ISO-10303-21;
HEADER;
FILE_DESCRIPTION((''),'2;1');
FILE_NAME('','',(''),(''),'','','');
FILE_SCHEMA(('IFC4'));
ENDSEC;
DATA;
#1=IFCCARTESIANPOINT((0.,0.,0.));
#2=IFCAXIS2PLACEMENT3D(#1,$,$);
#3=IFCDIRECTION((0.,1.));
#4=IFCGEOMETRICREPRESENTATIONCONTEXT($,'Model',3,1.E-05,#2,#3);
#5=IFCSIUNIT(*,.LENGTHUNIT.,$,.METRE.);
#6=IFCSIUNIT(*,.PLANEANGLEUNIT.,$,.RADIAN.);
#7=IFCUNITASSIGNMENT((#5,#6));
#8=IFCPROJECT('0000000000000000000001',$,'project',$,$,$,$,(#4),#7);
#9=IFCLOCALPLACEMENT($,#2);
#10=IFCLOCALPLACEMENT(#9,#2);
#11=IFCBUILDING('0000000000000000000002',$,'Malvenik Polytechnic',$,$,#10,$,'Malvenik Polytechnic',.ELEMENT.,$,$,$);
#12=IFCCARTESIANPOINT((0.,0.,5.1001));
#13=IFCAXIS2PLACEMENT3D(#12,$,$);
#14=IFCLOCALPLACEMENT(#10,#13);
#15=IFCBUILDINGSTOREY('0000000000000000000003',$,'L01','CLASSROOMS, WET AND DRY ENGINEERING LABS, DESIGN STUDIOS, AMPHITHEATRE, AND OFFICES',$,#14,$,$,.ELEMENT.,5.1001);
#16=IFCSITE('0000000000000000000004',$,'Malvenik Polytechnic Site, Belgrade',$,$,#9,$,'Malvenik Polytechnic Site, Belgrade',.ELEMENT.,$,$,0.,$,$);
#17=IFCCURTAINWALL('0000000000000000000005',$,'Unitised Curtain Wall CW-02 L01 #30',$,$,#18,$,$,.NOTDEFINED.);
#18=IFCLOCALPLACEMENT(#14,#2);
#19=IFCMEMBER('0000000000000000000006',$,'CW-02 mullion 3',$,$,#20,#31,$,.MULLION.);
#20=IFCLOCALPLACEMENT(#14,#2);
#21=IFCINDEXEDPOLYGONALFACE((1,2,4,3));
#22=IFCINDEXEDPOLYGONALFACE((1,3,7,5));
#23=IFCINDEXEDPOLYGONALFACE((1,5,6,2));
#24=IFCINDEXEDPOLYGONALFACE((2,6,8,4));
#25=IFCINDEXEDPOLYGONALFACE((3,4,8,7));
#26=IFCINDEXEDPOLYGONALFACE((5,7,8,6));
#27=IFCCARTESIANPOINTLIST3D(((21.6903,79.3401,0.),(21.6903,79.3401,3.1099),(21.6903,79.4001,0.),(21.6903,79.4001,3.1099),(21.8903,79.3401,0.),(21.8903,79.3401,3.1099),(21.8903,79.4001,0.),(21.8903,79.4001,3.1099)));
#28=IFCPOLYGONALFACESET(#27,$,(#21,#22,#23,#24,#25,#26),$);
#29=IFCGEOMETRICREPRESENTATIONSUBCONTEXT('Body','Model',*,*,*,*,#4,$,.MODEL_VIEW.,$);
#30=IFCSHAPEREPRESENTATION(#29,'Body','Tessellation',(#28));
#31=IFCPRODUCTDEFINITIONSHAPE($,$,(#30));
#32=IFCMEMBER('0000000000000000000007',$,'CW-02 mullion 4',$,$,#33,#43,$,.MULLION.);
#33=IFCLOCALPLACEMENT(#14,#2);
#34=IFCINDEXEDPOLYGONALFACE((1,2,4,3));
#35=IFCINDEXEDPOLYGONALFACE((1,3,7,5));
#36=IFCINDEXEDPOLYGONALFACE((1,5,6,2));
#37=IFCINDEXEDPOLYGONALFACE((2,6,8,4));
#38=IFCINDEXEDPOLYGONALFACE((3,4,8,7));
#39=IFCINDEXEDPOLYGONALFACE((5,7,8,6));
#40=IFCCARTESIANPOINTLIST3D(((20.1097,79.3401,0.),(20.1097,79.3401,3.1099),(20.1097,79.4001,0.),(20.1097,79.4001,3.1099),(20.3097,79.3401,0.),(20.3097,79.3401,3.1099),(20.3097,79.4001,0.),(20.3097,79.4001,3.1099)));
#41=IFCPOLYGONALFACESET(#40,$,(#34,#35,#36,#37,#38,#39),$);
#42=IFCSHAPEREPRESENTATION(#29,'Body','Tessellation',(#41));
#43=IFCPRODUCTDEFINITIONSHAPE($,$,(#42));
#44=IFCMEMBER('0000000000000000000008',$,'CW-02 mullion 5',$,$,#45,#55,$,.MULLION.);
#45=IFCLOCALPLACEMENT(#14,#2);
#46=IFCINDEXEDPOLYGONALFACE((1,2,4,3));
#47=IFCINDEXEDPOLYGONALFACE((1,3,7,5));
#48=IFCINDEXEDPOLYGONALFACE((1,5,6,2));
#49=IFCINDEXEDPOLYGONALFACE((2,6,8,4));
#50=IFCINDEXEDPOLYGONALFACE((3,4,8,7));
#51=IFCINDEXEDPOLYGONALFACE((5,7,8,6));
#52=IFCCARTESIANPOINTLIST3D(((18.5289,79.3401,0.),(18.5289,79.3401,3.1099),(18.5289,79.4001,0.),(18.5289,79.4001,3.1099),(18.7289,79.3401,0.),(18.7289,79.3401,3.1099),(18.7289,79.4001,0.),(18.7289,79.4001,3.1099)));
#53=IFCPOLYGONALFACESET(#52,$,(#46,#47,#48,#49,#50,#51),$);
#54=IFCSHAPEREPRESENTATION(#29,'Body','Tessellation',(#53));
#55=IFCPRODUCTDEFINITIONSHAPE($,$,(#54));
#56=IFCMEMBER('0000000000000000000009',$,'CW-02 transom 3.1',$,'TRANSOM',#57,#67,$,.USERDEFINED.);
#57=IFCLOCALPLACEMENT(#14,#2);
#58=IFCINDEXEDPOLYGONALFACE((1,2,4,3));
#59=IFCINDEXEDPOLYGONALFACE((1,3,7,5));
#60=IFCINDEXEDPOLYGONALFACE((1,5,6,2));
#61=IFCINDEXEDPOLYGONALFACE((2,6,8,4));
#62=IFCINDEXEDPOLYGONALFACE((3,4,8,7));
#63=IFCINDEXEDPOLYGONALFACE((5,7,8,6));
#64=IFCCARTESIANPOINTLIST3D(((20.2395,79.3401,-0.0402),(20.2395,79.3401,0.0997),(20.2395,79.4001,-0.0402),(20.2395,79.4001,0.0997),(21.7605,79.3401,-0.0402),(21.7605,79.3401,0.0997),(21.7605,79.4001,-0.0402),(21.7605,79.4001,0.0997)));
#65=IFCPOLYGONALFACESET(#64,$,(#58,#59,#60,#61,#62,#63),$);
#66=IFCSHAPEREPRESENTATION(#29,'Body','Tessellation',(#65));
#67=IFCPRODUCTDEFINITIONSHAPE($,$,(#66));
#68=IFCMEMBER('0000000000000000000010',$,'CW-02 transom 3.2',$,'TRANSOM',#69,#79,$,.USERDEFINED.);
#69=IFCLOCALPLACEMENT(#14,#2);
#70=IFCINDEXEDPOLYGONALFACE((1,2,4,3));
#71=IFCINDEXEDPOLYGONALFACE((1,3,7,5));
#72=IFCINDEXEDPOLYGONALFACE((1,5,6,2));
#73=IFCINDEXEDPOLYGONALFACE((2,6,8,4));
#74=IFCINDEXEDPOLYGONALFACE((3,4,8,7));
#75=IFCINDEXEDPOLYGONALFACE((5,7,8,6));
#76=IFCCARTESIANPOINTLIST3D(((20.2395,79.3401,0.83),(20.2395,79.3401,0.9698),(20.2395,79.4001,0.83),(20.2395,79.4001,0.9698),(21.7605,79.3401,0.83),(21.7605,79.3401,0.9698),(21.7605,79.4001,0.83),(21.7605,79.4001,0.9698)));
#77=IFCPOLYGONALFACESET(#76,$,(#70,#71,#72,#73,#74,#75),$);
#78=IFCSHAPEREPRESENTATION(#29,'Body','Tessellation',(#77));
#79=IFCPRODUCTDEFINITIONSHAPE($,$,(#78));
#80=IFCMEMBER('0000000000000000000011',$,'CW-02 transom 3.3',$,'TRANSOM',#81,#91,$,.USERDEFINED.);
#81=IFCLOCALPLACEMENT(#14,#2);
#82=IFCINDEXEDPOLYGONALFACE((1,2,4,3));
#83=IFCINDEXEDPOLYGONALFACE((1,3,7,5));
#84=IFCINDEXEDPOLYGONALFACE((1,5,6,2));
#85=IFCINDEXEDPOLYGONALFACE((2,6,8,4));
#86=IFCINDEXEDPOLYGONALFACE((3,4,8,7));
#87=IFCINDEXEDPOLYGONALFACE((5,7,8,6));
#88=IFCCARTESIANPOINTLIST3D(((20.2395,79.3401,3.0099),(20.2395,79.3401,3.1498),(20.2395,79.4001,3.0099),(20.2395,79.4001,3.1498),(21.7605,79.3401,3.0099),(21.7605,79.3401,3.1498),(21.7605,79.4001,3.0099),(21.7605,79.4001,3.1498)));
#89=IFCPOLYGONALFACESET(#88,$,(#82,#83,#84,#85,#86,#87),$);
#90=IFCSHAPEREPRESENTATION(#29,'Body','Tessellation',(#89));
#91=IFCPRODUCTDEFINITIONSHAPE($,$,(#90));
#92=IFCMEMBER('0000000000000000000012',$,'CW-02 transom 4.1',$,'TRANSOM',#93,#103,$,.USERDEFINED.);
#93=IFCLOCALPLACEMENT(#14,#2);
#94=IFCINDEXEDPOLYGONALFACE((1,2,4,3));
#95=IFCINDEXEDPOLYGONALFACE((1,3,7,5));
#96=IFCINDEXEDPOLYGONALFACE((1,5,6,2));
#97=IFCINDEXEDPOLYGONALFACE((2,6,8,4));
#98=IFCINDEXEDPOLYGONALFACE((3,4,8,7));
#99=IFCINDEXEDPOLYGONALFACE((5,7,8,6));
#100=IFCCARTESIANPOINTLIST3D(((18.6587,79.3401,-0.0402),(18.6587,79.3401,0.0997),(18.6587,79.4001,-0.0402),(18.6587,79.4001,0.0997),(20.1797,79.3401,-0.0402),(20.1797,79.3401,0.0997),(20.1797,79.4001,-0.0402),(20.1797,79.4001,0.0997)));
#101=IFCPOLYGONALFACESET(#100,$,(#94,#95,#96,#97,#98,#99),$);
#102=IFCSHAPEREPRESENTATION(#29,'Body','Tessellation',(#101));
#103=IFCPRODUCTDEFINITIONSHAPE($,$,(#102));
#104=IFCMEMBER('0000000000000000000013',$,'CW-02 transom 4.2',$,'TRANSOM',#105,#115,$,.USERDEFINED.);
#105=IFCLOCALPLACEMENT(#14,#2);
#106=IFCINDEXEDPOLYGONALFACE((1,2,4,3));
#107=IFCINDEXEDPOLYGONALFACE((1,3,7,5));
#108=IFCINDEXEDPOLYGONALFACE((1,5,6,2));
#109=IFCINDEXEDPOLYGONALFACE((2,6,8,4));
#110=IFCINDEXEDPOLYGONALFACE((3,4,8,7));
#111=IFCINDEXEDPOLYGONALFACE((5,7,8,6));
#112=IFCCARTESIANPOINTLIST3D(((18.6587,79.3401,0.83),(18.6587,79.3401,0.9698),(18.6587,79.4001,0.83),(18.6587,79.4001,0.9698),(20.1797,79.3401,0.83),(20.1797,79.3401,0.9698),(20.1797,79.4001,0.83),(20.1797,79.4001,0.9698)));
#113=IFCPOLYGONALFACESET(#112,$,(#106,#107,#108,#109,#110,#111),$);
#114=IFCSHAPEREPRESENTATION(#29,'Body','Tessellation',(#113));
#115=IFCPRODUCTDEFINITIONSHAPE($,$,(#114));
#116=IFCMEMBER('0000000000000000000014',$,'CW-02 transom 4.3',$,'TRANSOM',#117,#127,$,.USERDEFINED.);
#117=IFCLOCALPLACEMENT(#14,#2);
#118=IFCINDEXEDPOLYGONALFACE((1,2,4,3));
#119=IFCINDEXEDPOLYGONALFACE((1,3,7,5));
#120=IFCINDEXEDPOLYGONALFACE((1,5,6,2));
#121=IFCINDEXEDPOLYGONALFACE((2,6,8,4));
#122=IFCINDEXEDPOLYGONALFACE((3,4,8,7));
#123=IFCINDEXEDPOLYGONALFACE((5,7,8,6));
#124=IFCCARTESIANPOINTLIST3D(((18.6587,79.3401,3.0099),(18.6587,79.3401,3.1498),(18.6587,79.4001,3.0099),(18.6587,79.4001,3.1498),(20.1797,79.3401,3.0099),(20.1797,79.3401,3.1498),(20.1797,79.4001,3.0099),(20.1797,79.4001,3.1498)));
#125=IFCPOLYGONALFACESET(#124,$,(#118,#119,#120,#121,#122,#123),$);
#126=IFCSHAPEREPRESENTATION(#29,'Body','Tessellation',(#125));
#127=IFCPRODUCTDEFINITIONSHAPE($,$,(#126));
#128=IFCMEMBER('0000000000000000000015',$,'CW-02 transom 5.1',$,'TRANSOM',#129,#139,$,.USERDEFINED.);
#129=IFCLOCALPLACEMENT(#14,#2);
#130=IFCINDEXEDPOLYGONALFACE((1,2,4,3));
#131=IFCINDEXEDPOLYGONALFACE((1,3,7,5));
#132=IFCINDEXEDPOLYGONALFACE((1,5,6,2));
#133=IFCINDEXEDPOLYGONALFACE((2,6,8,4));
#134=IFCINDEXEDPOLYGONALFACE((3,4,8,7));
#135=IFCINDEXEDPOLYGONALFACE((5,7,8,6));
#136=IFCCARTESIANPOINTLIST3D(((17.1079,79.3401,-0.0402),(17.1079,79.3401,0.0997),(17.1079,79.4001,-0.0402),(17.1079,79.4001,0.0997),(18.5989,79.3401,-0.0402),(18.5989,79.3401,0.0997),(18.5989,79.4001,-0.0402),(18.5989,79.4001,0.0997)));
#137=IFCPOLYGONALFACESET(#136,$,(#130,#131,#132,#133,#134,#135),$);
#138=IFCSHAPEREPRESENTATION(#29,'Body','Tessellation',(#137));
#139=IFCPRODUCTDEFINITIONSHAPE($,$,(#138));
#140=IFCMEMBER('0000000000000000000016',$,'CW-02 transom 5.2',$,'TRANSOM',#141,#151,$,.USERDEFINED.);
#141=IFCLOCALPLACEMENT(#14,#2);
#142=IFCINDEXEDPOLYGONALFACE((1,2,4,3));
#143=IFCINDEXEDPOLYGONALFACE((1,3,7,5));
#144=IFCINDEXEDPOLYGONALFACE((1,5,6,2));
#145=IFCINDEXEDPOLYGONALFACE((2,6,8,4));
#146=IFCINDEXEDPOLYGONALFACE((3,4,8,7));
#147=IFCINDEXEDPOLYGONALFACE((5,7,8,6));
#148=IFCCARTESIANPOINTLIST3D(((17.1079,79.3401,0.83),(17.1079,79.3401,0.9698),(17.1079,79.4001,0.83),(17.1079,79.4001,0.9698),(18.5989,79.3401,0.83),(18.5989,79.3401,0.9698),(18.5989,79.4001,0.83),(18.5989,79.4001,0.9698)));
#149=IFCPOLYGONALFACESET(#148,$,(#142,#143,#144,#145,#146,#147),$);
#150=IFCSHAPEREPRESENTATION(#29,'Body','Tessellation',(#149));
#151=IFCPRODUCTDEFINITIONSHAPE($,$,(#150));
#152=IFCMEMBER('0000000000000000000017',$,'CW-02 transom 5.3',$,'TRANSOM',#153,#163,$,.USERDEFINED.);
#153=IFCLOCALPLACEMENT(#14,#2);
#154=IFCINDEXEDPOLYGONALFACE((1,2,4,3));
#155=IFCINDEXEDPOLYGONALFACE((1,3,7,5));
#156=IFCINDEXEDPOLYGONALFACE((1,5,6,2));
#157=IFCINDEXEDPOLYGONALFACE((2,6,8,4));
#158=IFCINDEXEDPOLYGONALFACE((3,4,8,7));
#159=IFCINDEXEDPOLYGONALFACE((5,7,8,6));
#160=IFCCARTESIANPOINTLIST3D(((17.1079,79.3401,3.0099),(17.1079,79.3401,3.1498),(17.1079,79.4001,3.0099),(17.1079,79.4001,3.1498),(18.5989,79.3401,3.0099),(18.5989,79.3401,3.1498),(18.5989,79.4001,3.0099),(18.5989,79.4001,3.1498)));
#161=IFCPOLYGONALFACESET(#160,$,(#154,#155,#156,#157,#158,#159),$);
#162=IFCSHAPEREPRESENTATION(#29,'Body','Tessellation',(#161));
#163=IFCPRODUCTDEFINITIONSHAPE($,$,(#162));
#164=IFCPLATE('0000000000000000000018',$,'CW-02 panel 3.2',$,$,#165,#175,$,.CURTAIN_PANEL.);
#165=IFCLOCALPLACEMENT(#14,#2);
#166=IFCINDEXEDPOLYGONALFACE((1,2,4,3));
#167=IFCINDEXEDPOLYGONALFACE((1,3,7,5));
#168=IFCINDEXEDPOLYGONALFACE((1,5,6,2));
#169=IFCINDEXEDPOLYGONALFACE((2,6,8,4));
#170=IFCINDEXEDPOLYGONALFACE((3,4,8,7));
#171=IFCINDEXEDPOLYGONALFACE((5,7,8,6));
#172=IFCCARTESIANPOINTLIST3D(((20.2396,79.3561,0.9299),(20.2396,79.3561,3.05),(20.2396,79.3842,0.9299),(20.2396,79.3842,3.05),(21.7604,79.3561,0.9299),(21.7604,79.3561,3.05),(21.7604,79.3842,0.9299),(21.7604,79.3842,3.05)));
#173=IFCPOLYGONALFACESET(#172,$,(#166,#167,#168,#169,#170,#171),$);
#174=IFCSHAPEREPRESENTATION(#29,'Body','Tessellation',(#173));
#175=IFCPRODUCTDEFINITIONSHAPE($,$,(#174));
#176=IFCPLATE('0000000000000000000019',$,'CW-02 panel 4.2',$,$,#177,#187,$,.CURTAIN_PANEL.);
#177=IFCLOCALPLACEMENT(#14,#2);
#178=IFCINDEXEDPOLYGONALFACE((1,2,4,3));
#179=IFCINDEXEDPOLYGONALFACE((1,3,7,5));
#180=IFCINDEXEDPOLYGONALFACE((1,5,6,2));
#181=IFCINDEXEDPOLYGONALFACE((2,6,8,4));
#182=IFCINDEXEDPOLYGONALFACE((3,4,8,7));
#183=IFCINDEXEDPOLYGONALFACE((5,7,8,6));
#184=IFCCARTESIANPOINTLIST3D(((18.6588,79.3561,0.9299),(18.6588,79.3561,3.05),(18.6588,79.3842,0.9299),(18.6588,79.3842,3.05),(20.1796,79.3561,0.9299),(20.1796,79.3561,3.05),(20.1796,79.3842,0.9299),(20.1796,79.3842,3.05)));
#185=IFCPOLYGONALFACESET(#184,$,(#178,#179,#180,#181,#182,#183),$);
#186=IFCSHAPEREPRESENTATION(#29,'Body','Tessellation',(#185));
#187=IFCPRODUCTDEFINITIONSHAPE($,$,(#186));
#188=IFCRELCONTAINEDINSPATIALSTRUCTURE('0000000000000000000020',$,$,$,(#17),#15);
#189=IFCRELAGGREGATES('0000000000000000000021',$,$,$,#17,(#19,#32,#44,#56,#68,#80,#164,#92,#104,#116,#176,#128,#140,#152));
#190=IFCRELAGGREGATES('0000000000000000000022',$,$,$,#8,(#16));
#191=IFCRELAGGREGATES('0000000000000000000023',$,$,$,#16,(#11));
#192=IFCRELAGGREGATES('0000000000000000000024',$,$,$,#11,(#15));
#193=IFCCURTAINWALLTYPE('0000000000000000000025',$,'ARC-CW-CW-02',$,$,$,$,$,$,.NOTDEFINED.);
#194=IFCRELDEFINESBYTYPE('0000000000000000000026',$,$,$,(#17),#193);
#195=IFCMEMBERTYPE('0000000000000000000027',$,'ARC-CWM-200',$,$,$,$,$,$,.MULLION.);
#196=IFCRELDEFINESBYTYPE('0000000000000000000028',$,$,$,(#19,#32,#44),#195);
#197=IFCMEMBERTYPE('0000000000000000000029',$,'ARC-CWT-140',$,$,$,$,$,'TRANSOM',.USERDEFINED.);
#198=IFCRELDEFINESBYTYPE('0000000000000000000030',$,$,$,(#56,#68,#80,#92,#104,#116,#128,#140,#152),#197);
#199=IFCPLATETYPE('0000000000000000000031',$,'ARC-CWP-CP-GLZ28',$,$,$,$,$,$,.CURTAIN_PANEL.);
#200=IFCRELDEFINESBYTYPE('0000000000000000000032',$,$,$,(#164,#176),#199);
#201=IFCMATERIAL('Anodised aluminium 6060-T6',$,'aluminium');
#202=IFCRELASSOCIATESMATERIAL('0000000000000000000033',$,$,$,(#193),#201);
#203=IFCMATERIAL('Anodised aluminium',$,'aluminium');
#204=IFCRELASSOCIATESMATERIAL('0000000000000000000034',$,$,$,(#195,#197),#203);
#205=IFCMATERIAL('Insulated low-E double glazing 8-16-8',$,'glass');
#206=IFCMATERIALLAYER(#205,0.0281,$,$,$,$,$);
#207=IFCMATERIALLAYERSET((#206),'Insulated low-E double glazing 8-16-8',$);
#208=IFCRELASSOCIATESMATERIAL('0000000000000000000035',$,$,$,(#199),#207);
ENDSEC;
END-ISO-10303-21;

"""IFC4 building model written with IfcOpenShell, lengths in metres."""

from ifc_helpers import new_model, si_unit, direction, frame, origin, origin_2d, place, context, subcontext, project, spatial, rectangle, extrude, material, layer, layer_set, material_profile, profile_set, type_object, element, aggregate, save


model = new_model("IFC4")

# Units and contexts
model_context = context("Model", 3, precision=1e-05, world=origin(), true_north=direction((0.0, 1.0)))
body_context = subcontext(model_context, "Body", "Model", "MODEL_VIEW")
ifc_project = project(units=[si_unit("LENGTHUNIT", "METRE"), si_unit("PLANEANGLEUNIT", "RADIAN")], contexts=[model_context])

# Site, building, storey
site_placement = place(None, origin())
site = spatial("IfcSite", under=ifc_project, at=site_placement, Name="Malvenik Polytechnic Site, Belgrade", LongName="Malvenik Polytechnic Site, Belgrade", CompositionType="ELEMENT", RefElevation=0.0)
building_placement = place(site_placement, origin())
building = spatial("IfcBuilding", under=site, at=building_placement, Name="Malvenik Polytechnic", LongName="Malvenik Polytechnic", CompositionType="ELEMENT")
storey_placement = place(building_placement, frame((0.0, 0.0, 5.1001)))
storey = spatial("IfcBuildingStorey", under=building, at=storey_placement, Name="L01", Description="CLASSROOMS, WET AND DRY ENGINEERING LABS, DESIGN STUDIOS, AMPHITHEATRE, AND OFFICES", CompositionType="ELEMENT", Elevation=5.1001)

# Curtain wall, members, plates
ifc_material_1 = material(Name="Anodised aluminium 6060-T6", Category="aluminium")
curtain_wall_type = type_object("IfcCurtainWallType", Name="ARC-CW-CW-02", PredefinedType="NOTDEFINED", material=ifc_material_1)
curtain_wall_placement = place(storey_placement, origin())
curtain_wall = element("IfcCurtainWall", 1, at=curtain_wall_placement, inside=storey, type_object=curtain_wall_type, Name="Unitised Curtain Wall CW-02 L01 #30", PredefinedType="NOTDEFINED")
ifc_material_2 = material(Name="Anodised aluminium", Category="aluminium")
ifc_material_profile_1 = material_profile(ifc_material_2, rectangle(XDim=0.0601, YDim=0.2, at=origin_2d()), Name="ALU MULLION 60x200")
ifc_profile_set_1 = profile_set([ifc_material_profile_1], Name="Anodised aluminium")
member_type_1 = type_object("IfcMemberType", Name="ARC-CWM-200", PredefinedType="MULLION", material=ifc_profile_set_1)
member_1_placement = place(storey_placement, frame((21.7903, 79.3701, 0.0), z_axis=(0.0, 0.0, 1.0), x_axis=(0.0, -1.0, 0.0)))
member_1 = element("IfcMember", 2, at=member_1_placement, type_object=member_type_1, Name="CW-02 mullion 3", PredefinedType="MULLION", context=body_context, shape_type="SweptSolid", body=[
    extrude(rectangle(XDim=0.0601, YDim=0.2, at=origin_2d()), origin(), (0.0, 0.0, 1.0), 3.1099),
])
member_2_placement = place(storey_placement, frame((20.2097, 79.3701, 0.0), z_axis=(0.0, 0.0, 1.0), x_axis=(0.0, -1.0, 0.0)))
member_2 = element("IfcMember", 3, at=member_2_placement, type_object=member_type_1, Name="CW-02 mullion 4", PredefinedType="MULLION", context=body_context, shape_type="SweptSolid", body=[
    extrude(rectangle(XDim=0.0601, YDim=0.2, at=origin_2d()), origin(), (0.0, 0.0, 1.0), 3.1099),
])
member_3_placement = place(storey_placement, frame((18.6289, 79.3701, 0.0), z_axis=(0.0, 0.0, 1.0), x_axis=(0.0, -1.0, 0.0)))
member_3 = element("IfcMember", 4, at=member_3_placement, type_object=member_type_1, Name="CW-02 mullion 5", PredefinedType="MULLION", context=body_context, shape_type="SweptSolid", body=[
    extrude(rectangle(XDim=0.0601, YDim=0.2, at=origin_2d()), origin(), (0.0, 0.0, 1.0), 3.1099),
])
ifc_material_profile_2 = material_profile(ifc_material_2, rectangle(XDim=0.0601, YDim=0.1399, at=origin_2d()), Name="ALU TRANSOM 60x140")
ifc_profile_set_2 = profile_set([ifc_material_profile_2], Name="Anodised aluminium")
member_type_2 = type_object("IfcMemberType", Name="ARC-CWT-140", ElementType="TRANSOM", PredefinedType="USERDEFINED", material=ifc_profile_set_2)
member_4_placement = place(storey_placement, frame((21.7605, 79.3701, 0.0298), z_axis=(-1.0, 0.0, 0.0), x_axis=(0.0, -1.0, 0.0)))
member_4 = element("IfcMember", 5, at=member_4_placement, type_object=member_type_2, Name="CW-02 transom 3.1", ObjectType="TRANSOM", PredefinedType="USERDEFINED", context=body_context, shape_type="SweptSolid", body=[
    extrude(rectangle(XDim=0.0601, YDim=0.1399, at=origin_2d()), origin(), (0.0, 0.0, 1.0), 1.521),
])
member_5_placement = place(storey_placement, frame((21.7605, 79.3701, 0.8999), z_axis=(-1.0, 0.0, 0.0), x_axis=(0.0, -1.0, 0.0)))
member_5 = element("IfcMember", 6, at=member_5_placement, type_object=member_type_2, Name="CW-02 transom 3.2", ObjectType="TRANSOM", PredefinedType="USERDEFINED", context=body_context, shape_type="SweptSolid", body=[
    extrude(rectangle(XDim=0.0601, YDim=0.1399, at=origin_2d()), origin(), (0.0, 0.0, 1.0), 1.521),
])
member_6_placement = place(storey_placement, frame((21.7605, 79.3701, 3.0798), z_axis=(-1.0, 0.0, 0.0), x_axis=(0.0, -1.0, 0.0)))
member_6 = element("IfcMember", 7, at=member_6_placement, type_object=member_type_2, Name="CW-02 transom 3.3", ObjectType="TRANSOM", PredefinedType="USERDEFINED", context=body_context, shape_type="SweptSolid", body=[
    extrude(rectangle(XDim=0.0601, YDim=0.1399, at=origin_2d()), origin(), (0.0, 0.0, 1.0), 1.521),
])
member_7_placement = place(storey_placement, frame((20.1797, 79.3701, 0.0298), z_axis=(-1.0, 0.0, 0.0), x_axis=(0.0, -1.0, 0.0)))
member_7 = element("IfcMember", 8, at=member_7_placement, type_object=member_type_2, Name="CW-02 transom 4.1", ObjectType="TRANSOM", PredefinedType="USERDEFINED", context=body_context, shape_type="SweptSolid", body=[
    extrude(rectangle(XDim=0.0601, YDim=0.1399, at=origin_2d()), origin(), (0.0, 0.0, 1.0), 1.521),
])
member_8_placement = place(storey_placement, frame((20.1797, 79.3701, 0.8999), z_axis=(-1.0, 0.0, 0.0), x_axis=(0.0, -1.0, 0.0)))
member_8 = element("IfcMember", 9, at=member_8_placement, type_object=member_type_2, Name="CW-02 transom 4.2", ObjectType="TRANSOM", PredefinedType="USERDEFINED", context=body_context, shape_type="SweptSolid", body=[
    extrude(rectangle(XDim=0.0601, YDim=0.1399, at=origin_2d()), origin(), (0.0, 0.0, 1.0), 1.521),
])
member_9_placement = place(storey_placement, frame((20.1797, 79.3701, 3.0798), z_axis=(-1.0, 0.0, 0.0), x_axis=(0.0, -1.0, 0.0)))
member_9 = element("IfcMember", 10, at=member_9_placement, type_object=member_type_2, Name="CW-02 transom 4.3", ObjectType="TRANSOM", PredefinedType="USERDEFINED", context=body_context, shape_type="SweptSolid", body=[
    extrude(rectangle(XDim=0.0601, YDim=0.1399, at=origin_2d()), origin(), (0.0, 0.0, 1.0), 1.521),
])
member_10_placement = place(storey_placement, frame((18.5989, 79.3701, 0.0298), z_axis=(-1.0, 0.0, 0.0), x_axis=(0.0, -1.0, 0.0)))
member_10 = element("IfcMember", 11, at=member_10_placement, type_object=member_type_2, Name="CW-02 transom 5.1", ObjectType="TRANSOM", PredefinedType="USERDEFINED", context=body_context, shape_type="SweptSolid", body=[
    extrude(rectangle(XDim=0.0601, YDim=0.1399, at=origin_2d()), origin(), (0.0, 0.0, 1.0), 1.491),
])
member_11_placement = place(storey_placement, frame((18.5989, 79.3701, 0.8999), z_axis=(-1.0, 0.0, 0.0), x_axis=(0.0, -1.0, 0.0)))
member_11 = element("IfcMember", 12, at=member_11_placement, type_object=member_type_2, Name="CW-02 transom 5.2", ObjectType="TRANSOM", PredefinedType="USERDEFINED", context=body_context, shape_type="SweptSolid", body=[
    extrude(rectangle(XDim=0.0601, YDim=0.1399, at=origin_2d()), origin(), (0.0, 0.0, 1.0), 1.491),
])
member_12_placement = place(storey_placement, frame((18.5989, 79.3701, 3.0798), z_axis=(-1.0, 0.0, 0.0), x_axis=(0.0, -1.0, 0.0)))
member_12 = element("IfcMember", 13, at=member_12_placement, type_object=member_type_2, Name="CW-02 transom 5.3", ObjectType="TRANSOM", PredefinedType="USERDEFINED", context=body_context, shape_type="SweptSolid", body=[
    extrude(rectangle(XDim=0.0601, YDim=0.1399, at=origin_2d()), origin(), (0.0, 0.0, 1.0), 1.491),
])
ifc_material_3 = material(Name="Insulated low-E double glazing 8-16-8", Category="glass")
ifc_layer_1 = layer(ifc_material_3, 0.0281)
ifc_layer_set_1 = layer_set([ifc_layer_1], Name="Insulated low-E double glazing 8-16-8")
plate_type_1 = type_object("IfcPlateType", Name="ARC-CWP-CP-GLZ28", PredefinedType="CURTAIN_PANEL", material=ifc_layer_set_1)
plate_1_placement = place(storey_placement, frame((21.0, 79.3701, 0.9299), z_axis=(0.0, 0.0, 1.0), x_axis=(-1.0, 0.0, 0.0)))
plate_1 = element("IfcPlate", 14, at=plate_1_placement, type_object=plate_type_1, Name="CW-02 panel 3.2", PredefinedType="CURTAIN_PANEL", context=body_context, shape_type="SweptSolid", body=[
    extrude(rectangle(XDim=1.5208, YDim=0.0281, at=origin_2d()), origin(), (0.0, 0.0, 1.0), 2.1201),
])
plate_2_placement = place(storey_placement, frame((19.4192, 79.3701, 0.9299), z_axis=(0.0, 0.0, 1.0), x_axis=(-1.0, 0.0, 0.0)))
plate_2 = element("IfcPlate", 15, at=plate_2_placement, type_object=plate_type_1, Name="CW-02 panel 4.2", PredefinedType="CURTAIN_PANEL", context=body_context, shape_type="SweptSolid", body=[
    extrude(rectangle(XDim=1.5208, YDim=0.0281, at=origin_2d()), origin(), (0.0, 0.0, 1.0), 2.1201),
])
aggregate(curtain_wall, [member_1, member_2, member_3, member_4, member_5, member_6, plate_1, member_7, member_8, member_9, plate_2, member_10, member_11, member_12])

save(model, "model.ifc")
